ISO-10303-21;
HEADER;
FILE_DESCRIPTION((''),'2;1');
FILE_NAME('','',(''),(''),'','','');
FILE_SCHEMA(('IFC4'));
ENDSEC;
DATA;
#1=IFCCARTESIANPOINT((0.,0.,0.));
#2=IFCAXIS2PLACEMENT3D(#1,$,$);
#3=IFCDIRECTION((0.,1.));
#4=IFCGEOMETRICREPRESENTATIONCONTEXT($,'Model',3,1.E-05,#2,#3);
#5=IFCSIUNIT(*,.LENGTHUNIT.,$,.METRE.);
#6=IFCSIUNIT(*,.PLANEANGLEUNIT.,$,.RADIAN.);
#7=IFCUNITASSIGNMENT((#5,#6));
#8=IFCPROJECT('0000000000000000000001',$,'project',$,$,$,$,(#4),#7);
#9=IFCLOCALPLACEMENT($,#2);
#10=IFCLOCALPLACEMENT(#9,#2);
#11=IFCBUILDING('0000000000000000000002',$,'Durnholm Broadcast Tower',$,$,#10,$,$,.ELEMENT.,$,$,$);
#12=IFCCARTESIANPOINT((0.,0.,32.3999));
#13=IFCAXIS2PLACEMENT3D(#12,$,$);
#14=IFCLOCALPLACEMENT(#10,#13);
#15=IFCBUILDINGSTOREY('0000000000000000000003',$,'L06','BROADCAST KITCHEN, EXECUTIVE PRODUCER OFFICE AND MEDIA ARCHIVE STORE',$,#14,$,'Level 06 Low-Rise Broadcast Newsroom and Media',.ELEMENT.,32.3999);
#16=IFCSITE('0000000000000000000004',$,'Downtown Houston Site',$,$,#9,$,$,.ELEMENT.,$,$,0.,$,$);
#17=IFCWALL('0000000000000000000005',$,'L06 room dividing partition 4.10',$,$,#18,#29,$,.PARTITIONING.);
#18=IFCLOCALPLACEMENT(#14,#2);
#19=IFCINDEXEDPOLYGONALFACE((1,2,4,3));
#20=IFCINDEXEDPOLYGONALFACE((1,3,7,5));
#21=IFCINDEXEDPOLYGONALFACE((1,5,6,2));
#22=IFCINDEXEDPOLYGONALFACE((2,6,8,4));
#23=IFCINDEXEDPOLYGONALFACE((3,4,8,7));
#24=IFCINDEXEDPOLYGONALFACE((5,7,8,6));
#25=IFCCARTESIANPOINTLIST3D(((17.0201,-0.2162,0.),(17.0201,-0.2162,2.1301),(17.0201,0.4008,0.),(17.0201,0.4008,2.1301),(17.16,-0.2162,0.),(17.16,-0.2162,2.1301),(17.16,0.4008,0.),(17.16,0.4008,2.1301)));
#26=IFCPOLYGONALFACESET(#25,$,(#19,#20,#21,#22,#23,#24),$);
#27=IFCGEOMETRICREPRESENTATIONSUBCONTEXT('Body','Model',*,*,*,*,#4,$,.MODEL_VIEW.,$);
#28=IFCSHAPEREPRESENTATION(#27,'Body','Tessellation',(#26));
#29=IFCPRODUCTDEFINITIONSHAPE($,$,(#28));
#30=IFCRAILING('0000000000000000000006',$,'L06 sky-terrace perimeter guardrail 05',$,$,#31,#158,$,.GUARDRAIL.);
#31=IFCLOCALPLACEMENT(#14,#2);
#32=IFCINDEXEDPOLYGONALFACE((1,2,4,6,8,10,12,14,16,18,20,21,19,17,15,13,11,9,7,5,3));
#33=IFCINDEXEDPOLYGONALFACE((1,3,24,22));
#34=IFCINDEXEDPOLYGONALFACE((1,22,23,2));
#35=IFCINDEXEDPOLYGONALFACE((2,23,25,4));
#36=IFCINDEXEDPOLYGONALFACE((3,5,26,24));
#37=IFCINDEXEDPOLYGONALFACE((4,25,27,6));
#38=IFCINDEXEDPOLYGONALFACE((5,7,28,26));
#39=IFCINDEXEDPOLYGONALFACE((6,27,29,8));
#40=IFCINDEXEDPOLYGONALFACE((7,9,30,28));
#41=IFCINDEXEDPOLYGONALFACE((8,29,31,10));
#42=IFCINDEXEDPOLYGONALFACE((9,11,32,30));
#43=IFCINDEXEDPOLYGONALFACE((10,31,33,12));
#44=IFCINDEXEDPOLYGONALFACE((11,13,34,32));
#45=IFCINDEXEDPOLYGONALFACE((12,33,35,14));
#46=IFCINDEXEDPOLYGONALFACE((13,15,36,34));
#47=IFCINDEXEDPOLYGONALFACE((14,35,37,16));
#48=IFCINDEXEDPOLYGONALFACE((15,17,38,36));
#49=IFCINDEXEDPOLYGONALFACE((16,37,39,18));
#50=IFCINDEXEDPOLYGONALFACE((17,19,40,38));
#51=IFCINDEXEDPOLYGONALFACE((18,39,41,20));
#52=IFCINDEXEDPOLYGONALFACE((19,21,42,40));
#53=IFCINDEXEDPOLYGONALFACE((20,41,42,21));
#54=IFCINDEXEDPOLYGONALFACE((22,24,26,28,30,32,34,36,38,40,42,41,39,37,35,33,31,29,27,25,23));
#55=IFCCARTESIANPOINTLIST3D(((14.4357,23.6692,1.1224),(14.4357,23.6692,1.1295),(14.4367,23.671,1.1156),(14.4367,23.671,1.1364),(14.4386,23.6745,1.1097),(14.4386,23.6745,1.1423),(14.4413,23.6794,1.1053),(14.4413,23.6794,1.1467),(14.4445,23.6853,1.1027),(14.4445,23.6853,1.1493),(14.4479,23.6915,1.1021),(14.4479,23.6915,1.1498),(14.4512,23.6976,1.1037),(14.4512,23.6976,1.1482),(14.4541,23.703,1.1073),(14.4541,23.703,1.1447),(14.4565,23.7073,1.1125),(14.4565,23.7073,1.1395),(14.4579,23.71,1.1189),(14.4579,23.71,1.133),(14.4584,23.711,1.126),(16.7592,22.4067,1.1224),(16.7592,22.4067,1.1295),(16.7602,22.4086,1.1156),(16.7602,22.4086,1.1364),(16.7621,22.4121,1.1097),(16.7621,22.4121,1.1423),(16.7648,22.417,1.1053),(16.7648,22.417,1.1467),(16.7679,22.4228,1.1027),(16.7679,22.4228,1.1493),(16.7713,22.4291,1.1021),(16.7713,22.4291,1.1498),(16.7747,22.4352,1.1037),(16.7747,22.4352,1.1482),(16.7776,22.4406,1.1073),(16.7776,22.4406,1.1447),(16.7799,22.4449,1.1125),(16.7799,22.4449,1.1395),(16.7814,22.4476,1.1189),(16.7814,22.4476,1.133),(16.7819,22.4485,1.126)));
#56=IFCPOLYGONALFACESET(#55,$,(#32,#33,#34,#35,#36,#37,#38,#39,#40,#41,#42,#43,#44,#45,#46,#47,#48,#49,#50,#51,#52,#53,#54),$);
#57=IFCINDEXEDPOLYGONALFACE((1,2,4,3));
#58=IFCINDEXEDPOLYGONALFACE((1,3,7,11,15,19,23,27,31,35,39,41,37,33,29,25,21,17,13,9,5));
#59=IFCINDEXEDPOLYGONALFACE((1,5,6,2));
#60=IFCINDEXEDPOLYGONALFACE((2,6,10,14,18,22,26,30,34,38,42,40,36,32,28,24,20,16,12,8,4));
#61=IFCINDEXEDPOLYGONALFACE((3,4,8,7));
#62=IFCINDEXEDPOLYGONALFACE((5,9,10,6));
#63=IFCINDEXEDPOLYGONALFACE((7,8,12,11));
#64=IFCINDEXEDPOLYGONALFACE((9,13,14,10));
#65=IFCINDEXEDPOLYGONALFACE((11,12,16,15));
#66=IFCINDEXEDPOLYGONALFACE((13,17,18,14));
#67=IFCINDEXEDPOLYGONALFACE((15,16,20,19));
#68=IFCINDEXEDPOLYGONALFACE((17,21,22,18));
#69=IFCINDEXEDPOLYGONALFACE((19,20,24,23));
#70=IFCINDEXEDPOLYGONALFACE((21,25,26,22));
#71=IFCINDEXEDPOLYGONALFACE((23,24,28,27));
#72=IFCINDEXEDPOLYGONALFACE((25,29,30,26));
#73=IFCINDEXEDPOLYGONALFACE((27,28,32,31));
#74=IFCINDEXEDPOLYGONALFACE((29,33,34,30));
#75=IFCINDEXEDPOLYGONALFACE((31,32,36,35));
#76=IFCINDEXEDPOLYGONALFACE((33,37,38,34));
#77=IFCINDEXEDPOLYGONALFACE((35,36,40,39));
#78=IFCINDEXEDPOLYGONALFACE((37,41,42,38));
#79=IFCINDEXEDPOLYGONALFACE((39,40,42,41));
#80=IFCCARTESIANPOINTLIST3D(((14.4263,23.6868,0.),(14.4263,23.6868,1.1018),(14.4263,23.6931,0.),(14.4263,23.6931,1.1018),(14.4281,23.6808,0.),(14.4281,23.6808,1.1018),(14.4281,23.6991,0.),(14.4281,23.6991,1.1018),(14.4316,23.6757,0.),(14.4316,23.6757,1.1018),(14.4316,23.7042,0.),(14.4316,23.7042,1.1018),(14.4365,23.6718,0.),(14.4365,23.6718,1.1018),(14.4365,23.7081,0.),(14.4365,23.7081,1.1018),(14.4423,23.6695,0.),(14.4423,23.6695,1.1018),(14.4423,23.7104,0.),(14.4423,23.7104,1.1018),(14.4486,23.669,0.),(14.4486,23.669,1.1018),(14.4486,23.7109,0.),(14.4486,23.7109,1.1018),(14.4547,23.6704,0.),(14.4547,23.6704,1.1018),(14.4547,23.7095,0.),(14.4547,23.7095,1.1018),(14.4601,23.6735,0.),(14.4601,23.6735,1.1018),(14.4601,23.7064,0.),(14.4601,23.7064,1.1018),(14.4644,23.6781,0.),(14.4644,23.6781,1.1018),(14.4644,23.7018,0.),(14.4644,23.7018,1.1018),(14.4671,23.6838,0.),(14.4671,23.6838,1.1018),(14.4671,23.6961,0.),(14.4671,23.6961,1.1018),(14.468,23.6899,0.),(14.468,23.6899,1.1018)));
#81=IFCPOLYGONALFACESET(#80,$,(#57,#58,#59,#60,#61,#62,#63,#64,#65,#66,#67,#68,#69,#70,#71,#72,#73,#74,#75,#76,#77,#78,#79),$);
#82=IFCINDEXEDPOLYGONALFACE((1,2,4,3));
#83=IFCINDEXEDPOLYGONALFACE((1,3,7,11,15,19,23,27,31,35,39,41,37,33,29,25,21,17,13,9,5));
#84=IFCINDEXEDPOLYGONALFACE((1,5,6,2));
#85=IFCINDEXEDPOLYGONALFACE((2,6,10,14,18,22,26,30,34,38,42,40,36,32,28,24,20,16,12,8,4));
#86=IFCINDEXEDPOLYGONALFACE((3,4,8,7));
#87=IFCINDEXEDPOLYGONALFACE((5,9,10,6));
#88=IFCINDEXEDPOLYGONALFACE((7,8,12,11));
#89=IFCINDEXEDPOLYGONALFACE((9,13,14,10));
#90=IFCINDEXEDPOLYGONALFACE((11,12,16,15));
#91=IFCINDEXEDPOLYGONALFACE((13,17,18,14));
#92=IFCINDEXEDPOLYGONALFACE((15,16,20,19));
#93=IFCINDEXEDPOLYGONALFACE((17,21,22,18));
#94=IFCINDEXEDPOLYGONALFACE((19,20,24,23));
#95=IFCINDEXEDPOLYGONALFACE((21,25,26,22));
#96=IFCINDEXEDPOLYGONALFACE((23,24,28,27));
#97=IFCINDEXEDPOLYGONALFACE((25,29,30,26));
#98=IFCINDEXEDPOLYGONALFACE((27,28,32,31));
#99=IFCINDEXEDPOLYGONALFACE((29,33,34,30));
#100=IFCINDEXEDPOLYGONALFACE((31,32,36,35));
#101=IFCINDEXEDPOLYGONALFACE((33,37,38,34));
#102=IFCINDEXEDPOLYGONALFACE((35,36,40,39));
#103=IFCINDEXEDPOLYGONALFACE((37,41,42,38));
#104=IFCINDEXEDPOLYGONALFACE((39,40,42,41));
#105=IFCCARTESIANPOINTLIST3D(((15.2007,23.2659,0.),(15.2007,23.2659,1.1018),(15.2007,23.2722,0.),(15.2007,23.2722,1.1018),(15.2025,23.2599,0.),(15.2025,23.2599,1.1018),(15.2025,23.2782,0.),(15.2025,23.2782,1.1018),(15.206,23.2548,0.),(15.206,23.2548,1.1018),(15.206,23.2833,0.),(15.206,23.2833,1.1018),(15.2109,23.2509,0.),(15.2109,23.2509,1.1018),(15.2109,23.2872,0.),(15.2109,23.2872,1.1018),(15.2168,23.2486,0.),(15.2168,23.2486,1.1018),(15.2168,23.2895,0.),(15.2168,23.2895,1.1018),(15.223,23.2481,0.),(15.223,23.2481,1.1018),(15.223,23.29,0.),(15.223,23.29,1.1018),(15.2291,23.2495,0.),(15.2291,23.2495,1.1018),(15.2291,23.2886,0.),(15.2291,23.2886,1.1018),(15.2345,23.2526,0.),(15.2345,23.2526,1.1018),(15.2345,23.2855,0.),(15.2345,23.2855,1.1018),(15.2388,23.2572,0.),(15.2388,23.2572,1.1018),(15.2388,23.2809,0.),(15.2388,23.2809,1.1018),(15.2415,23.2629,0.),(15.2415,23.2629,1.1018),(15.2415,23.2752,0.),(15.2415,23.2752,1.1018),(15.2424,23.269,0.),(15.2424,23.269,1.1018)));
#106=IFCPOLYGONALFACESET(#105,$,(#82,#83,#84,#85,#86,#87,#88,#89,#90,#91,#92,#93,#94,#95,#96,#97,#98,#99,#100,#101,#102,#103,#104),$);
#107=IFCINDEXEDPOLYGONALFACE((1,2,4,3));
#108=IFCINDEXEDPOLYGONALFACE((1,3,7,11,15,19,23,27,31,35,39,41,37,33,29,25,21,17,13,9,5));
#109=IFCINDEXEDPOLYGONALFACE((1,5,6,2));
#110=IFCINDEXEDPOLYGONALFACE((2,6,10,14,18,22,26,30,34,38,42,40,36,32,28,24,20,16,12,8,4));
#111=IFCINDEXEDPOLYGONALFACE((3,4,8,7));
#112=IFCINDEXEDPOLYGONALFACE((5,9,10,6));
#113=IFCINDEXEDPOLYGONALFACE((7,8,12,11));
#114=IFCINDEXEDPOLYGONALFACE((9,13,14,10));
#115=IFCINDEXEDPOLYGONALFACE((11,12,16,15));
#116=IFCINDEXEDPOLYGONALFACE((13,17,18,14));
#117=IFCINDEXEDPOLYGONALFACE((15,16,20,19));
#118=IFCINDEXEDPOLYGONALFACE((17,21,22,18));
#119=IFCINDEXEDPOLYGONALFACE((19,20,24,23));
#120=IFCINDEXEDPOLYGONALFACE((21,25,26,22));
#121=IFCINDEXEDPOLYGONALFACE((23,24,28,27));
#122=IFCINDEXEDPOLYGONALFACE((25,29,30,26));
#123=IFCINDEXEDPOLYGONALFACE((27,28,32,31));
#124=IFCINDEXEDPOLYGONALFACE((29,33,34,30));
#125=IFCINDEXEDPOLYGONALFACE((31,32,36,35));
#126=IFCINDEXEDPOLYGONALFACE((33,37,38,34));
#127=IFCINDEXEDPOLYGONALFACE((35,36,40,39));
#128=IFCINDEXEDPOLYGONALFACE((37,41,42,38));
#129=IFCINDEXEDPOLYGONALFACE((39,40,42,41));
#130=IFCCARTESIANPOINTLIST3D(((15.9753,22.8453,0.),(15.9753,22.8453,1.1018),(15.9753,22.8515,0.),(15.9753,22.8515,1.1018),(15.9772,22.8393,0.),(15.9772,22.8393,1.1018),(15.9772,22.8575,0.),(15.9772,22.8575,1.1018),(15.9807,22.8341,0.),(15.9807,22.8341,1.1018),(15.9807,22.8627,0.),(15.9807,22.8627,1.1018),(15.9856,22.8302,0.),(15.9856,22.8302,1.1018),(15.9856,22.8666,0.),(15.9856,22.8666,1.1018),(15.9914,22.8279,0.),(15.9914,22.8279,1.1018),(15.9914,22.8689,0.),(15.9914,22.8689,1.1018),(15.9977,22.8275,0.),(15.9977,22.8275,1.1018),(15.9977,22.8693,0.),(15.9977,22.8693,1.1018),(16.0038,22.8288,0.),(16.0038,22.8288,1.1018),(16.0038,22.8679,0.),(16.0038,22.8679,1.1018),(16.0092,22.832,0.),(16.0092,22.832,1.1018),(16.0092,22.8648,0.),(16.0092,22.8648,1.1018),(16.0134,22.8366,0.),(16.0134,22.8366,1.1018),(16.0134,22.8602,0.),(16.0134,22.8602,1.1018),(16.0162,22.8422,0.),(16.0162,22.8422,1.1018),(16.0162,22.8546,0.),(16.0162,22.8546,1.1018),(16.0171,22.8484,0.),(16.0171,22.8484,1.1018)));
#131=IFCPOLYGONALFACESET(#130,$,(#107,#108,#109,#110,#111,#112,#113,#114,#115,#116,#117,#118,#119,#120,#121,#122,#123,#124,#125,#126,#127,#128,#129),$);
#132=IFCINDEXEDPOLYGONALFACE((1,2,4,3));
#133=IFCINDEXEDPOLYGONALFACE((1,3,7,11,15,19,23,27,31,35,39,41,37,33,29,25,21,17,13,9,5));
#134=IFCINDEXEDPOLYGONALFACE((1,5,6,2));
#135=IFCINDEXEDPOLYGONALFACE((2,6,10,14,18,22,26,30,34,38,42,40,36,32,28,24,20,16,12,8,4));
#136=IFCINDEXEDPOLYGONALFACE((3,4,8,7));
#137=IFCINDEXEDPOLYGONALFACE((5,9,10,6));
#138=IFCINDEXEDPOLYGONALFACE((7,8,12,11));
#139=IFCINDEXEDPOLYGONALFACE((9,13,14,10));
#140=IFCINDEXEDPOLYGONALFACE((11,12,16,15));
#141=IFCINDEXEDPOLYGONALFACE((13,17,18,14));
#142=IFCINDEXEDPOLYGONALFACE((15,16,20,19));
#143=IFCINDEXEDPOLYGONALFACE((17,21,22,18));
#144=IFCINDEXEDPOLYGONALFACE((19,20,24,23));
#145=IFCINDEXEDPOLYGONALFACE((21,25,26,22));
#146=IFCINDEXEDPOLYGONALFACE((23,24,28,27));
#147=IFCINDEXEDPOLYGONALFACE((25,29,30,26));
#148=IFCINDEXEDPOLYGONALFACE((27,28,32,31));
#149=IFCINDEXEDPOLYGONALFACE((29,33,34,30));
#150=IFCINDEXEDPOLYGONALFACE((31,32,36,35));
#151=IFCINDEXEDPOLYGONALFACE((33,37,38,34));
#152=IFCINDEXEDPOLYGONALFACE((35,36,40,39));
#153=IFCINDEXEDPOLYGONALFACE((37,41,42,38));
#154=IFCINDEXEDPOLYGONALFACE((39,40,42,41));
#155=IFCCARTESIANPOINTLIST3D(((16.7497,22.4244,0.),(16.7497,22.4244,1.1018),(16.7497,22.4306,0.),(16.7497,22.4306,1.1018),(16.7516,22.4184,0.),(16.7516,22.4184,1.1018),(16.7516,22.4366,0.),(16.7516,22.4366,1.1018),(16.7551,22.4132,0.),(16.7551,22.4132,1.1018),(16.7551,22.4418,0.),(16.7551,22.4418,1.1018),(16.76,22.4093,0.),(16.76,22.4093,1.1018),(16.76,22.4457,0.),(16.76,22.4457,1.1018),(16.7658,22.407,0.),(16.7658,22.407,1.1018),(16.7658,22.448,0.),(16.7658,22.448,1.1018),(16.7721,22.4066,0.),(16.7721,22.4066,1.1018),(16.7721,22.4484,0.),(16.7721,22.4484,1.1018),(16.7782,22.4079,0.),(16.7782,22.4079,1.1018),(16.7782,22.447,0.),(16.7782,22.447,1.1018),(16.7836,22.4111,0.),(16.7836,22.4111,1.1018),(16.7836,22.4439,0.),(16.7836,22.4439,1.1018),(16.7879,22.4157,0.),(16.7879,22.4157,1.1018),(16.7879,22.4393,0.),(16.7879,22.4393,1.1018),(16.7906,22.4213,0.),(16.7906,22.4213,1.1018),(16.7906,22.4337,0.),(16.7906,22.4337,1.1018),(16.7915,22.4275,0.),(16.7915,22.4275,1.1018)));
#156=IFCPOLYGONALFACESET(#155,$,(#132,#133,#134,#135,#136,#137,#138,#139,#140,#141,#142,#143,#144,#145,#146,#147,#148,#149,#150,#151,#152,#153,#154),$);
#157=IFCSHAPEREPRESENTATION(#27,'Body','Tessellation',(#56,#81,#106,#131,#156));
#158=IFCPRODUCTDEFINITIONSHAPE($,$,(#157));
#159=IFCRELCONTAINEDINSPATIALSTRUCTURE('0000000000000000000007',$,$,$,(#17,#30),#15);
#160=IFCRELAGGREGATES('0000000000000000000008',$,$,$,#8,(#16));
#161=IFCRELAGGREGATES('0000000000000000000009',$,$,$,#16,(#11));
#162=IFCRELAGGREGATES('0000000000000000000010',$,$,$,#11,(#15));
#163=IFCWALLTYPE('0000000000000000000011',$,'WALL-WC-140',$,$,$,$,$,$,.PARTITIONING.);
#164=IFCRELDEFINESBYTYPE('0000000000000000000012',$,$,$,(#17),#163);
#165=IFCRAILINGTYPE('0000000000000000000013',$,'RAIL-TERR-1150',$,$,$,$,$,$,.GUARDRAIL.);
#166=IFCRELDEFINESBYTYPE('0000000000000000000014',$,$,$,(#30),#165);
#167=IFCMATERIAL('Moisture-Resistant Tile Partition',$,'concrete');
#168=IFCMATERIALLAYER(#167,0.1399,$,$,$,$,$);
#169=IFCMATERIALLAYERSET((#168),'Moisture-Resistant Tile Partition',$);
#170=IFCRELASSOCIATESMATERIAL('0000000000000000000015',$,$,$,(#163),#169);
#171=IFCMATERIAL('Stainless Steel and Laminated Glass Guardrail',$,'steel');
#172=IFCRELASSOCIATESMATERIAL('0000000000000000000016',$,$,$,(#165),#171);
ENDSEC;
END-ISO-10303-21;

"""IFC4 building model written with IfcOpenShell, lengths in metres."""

from ifc_helpers import new_model, si_unit, direction, frame, frame_2d, origin, origin_2d, place, context, subcontext, project, spatial, rectangle, circle, extrude, material, layer, layer_set, type_object, element, save


model = new_model("IFC4")

# Units and contexts
model_context = context("Model", 3, precision=1e-05, world=origin(), true_north=direction((0.0, 1.0)))
body_context = subcontext(model_context, "Body", "Model", "MODEL_VIEW")
ifc_project = project(units=[si_unit("LENGTHUNIT", "METRE"), si_unit("PLANEANGLEUNIT", "RADIAN")], contexts=[model_context])

# Site, building, storey
site_placement = place(None, origin())
site = spatial("IfcSite", under=ifc_project, at=site_placement, Name="Downtown Houston Site", CompositionType="ELEMENT", RefElevation=0.0)
building_placement = place(site_placement, origin())
building = spatial("IfcBuilding", under=site, at=building_placement, Name="Durnholm Broadcast Tower", CompositionType="ELEMENT")
storey_placement = place(building_placement, frame((0.0, 0.0, 32.3999)))
storey = spatial("IfcBuildingStorey", under=building, at=storey_placement, Name="L06", Description="BROADCAST KITCHEN, EXECUTIVE PRODUCER OFFICE AND MEDIA ARCHIVE STORE", LongName="Level 06 Low-Rise Broadcast Newsroom and Media", CompositionType="ELEMENT", Elevation=32.3999)

# Wall
ifc_material_1 = material(Name="Moisture-Resistant Tile Partition", Category="concrete")
ifc_layer_1 = layer(ifc_material_1, 0.1399)
ifc_layer_set_1 = layer_set([ifc_layer_1], Name="Moisture-Resistant Tile Partition")
wall_type_1 = type_object("IfcWallType", Name="WALL-WC-140", PredefinedType="PARTITIONING", material=ifc_layer_set_1)
wall_1_placement = place(storey_placement, frame((17.0901, 0.4009, 0.0), z_axis=(0.0, 0.0, 1.0), x_axis=(0.0, -1.0, 0.0)))
element("IfcWall", 1, at=wall_1_placement, inside=storey, type_object=wall_type_1, Name="L06 room dividing partition 4.10", PredefinedType="PARTITIONING", context=body_context, shape_type="SweptSolid", body=[
    extrude(rectangle(XDim=0.6169, YDim=0.1399, at=frame_2d((0.3086, 0.0))), origin(), (0.0, 0.0, 1.0), 2.1301),
])

# Railing
ifc_material_2 = material(Name="Stainless Steel and Laminated Glass Guardrail", Category="steel")
railing_type = type_object("IfcRailingType", Name="RAIL-TERR-1150", PredefinedType="GUARDRAIL", material=ifc_material_2)
railing_1_placement = place(storey_placement, frame((14.447, 23.6899, 0.0)))
element("IfcRailing", 2, at=railing_1_placement, inside=storey, type_object=railing_type, Name="L06 sky-terrace perimeter guardrail 05", PredefinedType="GUARDRAIL", context=body_context, shape_type="SweptSolid", body=[
    extrude(circle(Radius=0.0239, at=origin_2d()), frame((0.0, 0.0, 1.126), z_axis=(0.878674, -0.477422, 0.0), x_axis=(0.477422, 0.878674, 0.0)), (0.0, 0.0, 1.0), 2.6443),
    extrude(circle(Radius=0.021, at=origin_2d()), origin(), (0.0, 0.0, 1.0), 1.1018),
    extrude(circle(Radius=0.021, at=origin_2d()), frame((0.7744, -0.4209, 0.0)), (0.0, 0.0, 1.0), 1.1018),
    extrude(circle(Radius=0.021, at=origin_2d()), frame((1.5491, -0.8416, 0.0)), (0.0, 0.0, 1.0), 1.1018),
    extrude(circle(Radius=0.021, at=origin_2d()), frame((2.3235, -1.2625, 0.0)), (0.0, 0.0, 1.0), 1.1018),
])

save(model, "model.ifc")
